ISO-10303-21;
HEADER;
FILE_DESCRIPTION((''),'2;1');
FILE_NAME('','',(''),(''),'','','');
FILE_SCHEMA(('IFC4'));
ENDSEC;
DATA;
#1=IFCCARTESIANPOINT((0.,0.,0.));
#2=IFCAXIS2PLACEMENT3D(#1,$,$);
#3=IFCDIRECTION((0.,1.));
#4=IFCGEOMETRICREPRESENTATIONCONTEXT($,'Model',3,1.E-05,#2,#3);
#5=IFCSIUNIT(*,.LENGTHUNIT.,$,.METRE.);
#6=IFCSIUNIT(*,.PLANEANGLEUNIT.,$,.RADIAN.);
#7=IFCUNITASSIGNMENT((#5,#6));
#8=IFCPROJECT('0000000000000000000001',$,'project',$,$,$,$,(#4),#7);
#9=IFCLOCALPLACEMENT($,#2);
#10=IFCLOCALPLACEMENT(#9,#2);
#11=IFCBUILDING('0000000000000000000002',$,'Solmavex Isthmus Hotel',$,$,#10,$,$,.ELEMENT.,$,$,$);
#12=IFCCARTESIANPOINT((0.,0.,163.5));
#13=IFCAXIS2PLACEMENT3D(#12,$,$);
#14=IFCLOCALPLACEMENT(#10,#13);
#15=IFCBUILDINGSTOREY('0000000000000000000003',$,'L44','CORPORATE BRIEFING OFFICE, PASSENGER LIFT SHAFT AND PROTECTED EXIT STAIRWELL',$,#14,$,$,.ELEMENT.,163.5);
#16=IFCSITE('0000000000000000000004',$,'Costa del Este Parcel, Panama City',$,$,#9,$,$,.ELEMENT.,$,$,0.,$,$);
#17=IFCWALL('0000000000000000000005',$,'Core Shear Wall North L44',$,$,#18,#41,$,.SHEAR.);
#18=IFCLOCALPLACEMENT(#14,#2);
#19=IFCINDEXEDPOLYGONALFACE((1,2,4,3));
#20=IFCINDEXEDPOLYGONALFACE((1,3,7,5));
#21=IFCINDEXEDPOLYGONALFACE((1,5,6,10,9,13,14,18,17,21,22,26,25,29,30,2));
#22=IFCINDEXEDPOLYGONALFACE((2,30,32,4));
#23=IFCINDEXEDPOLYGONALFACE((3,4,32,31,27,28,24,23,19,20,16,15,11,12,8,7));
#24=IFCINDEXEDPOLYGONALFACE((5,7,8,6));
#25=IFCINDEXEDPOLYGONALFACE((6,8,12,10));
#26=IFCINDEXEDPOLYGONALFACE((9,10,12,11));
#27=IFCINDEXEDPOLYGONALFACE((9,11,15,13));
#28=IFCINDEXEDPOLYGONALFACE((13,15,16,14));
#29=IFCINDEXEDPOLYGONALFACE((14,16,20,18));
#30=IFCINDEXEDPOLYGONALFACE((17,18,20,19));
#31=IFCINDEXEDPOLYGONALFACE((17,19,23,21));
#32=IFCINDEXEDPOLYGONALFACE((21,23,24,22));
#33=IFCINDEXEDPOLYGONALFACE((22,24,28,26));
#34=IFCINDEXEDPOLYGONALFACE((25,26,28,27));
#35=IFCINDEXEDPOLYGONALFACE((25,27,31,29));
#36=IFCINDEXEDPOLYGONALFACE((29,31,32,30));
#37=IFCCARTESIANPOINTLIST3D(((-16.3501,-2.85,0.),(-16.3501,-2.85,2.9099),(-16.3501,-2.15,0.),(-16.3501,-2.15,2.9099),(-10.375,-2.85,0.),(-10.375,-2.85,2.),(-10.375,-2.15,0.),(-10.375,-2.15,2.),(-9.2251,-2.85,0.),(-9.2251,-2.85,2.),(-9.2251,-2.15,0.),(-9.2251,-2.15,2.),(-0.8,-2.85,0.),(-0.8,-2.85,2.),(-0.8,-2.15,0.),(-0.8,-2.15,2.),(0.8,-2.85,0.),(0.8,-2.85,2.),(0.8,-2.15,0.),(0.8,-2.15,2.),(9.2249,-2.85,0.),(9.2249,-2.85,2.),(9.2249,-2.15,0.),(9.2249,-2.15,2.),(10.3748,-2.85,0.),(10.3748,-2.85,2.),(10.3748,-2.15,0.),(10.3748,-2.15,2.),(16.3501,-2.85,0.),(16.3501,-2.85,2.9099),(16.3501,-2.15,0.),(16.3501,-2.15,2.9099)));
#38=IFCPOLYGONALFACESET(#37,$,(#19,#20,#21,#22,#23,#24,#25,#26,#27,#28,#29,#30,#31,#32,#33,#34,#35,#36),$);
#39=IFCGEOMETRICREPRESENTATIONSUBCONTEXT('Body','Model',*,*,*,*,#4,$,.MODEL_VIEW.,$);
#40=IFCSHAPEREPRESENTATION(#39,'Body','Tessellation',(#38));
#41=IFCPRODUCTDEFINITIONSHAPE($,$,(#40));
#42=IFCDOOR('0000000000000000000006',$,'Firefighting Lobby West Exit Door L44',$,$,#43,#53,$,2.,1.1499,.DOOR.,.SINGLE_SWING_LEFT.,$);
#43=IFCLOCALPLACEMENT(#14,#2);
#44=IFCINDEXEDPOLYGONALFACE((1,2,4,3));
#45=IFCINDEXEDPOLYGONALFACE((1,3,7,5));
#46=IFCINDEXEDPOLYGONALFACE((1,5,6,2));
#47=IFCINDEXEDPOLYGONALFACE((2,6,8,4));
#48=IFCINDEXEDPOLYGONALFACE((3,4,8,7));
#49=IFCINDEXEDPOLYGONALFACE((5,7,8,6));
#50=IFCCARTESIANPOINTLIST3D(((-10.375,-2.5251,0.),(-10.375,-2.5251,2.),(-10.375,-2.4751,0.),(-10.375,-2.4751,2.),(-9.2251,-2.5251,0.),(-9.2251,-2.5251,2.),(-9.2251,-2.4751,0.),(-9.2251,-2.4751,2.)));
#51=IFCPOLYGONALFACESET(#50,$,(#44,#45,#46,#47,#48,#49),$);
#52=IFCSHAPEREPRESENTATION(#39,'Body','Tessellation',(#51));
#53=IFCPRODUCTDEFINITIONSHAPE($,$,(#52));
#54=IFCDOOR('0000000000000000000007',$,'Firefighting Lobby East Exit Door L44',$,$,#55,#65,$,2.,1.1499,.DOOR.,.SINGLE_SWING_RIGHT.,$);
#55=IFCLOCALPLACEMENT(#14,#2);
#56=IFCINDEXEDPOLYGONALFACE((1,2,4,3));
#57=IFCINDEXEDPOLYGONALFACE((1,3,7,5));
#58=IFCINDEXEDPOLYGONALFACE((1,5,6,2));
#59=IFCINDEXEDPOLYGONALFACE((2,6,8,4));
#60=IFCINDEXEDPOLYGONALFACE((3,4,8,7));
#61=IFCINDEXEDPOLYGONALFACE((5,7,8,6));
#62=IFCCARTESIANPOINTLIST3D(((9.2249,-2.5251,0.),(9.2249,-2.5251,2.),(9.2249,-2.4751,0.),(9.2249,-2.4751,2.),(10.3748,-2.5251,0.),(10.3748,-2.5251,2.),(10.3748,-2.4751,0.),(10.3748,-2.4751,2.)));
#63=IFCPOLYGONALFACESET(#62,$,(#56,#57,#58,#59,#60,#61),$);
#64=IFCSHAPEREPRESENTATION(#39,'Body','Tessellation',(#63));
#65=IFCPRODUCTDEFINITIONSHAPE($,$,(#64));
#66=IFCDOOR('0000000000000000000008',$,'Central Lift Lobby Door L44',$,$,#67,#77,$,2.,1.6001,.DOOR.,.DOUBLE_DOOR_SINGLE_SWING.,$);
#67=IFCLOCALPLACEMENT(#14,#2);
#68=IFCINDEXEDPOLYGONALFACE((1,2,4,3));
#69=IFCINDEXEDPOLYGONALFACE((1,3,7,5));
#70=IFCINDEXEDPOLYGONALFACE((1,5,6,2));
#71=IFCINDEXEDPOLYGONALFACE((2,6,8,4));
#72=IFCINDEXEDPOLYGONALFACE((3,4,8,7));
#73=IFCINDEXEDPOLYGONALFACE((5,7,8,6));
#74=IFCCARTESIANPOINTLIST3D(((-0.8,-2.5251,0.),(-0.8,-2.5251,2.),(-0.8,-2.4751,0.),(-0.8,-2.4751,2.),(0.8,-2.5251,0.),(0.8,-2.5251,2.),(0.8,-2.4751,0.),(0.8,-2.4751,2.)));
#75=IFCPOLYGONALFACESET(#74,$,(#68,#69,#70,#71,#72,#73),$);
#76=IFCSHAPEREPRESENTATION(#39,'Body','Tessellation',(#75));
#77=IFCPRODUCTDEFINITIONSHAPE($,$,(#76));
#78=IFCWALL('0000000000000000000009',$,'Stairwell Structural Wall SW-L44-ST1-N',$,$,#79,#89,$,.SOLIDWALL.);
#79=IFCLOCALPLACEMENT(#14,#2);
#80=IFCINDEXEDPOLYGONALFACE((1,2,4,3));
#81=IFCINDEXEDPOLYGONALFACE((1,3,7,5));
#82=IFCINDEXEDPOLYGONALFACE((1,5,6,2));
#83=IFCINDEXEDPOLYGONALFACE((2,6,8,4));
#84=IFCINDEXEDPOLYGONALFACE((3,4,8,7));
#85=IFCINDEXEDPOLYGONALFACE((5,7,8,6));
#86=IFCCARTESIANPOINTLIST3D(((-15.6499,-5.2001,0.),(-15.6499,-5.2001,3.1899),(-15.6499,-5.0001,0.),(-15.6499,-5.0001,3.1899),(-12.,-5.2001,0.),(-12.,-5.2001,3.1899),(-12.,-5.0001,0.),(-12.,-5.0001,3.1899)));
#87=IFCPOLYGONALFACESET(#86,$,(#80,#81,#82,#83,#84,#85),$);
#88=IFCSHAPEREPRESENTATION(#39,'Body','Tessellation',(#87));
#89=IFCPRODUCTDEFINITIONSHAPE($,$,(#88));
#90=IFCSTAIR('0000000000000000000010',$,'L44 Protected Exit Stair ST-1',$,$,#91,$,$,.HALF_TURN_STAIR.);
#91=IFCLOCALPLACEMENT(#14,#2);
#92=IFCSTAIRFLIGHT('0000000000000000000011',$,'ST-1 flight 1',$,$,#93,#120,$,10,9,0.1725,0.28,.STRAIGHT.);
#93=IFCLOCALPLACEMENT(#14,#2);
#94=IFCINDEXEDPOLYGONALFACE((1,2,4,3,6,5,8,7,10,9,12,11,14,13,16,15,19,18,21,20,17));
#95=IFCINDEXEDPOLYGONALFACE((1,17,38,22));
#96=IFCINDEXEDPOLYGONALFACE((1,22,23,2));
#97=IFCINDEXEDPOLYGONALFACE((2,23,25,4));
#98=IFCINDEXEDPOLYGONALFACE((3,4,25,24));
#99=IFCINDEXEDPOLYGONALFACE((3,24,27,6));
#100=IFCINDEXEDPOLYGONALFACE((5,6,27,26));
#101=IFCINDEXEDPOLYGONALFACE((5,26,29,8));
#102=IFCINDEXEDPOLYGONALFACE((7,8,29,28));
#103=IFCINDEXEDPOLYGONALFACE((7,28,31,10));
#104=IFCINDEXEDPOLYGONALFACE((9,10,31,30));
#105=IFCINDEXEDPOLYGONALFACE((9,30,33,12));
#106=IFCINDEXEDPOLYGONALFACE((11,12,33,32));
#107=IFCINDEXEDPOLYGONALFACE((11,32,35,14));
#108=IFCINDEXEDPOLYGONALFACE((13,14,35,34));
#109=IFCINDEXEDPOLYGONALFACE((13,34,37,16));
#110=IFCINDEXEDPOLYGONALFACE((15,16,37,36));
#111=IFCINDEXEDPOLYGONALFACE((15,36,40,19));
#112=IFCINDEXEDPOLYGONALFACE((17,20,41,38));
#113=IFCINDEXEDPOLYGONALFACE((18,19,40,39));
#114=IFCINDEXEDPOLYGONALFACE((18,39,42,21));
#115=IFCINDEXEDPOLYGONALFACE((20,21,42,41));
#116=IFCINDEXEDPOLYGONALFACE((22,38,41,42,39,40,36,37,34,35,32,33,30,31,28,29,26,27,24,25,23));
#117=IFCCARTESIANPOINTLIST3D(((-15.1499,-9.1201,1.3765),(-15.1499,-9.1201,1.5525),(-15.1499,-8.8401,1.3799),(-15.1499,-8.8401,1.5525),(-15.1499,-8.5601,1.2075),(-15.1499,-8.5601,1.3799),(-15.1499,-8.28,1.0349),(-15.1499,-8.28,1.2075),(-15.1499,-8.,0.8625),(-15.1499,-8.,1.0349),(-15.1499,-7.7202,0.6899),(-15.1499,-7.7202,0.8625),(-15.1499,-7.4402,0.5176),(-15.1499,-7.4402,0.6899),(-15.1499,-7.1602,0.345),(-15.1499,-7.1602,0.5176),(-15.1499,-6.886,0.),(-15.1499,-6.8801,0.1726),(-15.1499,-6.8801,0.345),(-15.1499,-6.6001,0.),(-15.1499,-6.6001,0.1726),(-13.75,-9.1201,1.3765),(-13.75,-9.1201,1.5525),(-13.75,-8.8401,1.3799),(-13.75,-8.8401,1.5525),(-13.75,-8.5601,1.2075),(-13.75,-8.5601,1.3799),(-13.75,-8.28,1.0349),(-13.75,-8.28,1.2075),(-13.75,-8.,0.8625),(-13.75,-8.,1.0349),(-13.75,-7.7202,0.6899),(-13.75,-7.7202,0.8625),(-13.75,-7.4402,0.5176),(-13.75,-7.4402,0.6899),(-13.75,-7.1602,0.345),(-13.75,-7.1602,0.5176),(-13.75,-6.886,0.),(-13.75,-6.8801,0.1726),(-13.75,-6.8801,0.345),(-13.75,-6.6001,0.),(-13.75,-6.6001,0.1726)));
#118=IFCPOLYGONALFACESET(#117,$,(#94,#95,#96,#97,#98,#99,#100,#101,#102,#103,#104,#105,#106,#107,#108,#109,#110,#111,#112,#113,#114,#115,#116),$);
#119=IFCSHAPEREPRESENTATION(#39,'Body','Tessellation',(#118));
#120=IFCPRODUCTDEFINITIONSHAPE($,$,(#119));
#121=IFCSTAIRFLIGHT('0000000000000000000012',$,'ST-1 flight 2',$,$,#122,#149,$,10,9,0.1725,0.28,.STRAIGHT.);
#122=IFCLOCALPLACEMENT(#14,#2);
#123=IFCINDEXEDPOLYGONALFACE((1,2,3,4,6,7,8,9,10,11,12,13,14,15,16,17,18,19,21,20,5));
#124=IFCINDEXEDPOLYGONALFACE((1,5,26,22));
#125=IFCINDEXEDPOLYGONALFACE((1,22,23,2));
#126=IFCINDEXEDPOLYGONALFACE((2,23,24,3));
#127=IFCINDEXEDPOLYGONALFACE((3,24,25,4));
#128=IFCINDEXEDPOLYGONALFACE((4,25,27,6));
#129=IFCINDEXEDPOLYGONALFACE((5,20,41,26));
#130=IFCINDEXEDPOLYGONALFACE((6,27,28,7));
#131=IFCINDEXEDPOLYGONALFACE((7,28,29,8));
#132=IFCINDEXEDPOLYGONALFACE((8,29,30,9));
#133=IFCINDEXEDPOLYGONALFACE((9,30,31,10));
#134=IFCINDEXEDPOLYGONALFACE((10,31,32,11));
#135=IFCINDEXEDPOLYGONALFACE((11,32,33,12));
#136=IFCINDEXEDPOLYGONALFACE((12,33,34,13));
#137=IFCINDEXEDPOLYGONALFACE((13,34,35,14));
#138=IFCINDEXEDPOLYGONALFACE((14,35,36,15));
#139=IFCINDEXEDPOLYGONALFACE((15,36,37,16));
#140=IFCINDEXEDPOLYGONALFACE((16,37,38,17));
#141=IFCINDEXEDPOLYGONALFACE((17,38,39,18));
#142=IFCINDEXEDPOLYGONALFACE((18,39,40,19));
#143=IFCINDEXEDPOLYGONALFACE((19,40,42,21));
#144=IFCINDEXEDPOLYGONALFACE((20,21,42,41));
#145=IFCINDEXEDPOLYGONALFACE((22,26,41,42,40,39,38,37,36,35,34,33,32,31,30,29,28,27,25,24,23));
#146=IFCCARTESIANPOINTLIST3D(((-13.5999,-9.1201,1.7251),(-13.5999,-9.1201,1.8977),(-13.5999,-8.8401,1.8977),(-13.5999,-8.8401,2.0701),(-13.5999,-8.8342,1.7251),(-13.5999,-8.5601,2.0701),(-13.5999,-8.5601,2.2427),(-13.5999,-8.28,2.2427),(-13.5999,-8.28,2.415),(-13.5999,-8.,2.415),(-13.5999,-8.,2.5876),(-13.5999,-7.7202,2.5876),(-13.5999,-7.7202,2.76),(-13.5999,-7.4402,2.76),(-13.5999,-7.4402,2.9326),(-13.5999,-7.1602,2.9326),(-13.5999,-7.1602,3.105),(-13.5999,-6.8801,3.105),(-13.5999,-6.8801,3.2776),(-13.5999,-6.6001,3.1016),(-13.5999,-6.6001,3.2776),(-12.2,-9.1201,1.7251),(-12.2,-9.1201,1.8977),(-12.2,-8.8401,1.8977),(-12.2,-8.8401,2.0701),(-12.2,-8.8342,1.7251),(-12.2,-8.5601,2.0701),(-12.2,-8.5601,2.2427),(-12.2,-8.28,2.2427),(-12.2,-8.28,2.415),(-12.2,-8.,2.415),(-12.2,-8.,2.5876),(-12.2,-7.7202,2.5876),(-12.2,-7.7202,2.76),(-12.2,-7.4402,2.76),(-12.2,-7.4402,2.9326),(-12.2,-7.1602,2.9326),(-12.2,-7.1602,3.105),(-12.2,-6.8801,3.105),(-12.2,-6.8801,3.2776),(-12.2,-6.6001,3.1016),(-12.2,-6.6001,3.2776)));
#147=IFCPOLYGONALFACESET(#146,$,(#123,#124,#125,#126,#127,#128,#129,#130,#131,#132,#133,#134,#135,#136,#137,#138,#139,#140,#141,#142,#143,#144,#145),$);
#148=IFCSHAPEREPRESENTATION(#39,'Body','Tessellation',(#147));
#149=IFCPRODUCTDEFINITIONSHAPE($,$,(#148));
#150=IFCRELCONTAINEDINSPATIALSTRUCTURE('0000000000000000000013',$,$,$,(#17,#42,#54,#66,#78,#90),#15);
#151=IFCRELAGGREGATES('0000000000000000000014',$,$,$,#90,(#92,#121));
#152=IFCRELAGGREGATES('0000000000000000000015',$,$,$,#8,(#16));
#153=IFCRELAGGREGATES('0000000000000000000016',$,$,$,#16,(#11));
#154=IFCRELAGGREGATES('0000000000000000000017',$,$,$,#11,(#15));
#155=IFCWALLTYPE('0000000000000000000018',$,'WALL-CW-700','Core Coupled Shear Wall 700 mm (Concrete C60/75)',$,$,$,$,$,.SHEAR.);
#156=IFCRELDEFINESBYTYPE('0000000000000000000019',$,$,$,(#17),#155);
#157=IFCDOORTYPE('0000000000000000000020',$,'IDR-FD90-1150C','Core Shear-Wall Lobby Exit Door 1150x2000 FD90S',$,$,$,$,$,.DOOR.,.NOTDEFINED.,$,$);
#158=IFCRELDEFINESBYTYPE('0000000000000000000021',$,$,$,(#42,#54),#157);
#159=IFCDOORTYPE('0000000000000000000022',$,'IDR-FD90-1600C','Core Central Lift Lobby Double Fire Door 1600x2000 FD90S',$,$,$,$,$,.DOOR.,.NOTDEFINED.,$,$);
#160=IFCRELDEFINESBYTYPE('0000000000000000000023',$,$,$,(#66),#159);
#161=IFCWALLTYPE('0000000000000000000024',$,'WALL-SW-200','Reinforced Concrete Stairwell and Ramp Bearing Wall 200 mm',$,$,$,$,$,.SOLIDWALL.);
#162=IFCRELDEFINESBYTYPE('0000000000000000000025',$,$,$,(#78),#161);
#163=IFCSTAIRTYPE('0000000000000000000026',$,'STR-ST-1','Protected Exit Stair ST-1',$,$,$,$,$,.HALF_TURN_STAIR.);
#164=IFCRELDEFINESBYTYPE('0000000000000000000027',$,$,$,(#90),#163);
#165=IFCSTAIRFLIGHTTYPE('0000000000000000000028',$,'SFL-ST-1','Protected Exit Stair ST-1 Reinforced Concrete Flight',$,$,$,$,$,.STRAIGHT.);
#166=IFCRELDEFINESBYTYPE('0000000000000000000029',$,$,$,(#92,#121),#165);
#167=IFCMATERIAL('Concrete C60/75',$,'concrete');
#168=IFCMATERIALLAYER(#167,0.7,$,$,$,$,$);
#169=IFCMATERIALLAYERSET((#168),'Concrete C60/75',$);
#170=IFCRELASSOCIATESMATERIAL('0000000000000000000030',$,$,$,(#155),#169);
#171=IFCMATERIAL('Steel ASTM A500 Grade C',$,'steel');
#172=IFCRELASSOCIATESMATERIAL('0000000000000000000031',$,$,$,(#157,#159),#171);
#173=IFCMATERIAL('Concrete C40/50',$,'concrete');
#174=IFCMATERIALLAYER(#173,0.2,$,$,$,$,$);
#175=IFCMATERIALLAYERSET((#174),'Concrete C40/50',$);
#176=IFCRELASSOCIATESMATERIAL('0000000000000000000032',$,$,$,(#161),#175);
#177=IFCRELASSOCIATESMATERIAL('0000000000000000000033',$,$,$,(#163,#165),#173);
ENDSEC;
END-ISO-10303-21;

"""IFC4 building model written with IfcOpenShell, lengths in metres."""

from ifc_helpers import new_model, si_unit, direction, frame, frame_2d, origin, place, context, subcontext, project, spatial, polyline, rectangle, outline, extrude, material, layer, layer_set, type_object, element, fill, aggregate, save


model = new_model("IFC4")

# Units and contexts
model_context = context("Model", 3, precision=1e-05, world=origin(), true_north=direction((0.0, 1.0)))
body_context = subcontext(model_context, "Body", "Model", "MODEL_VIEW")
ifc_project = project(units=[si_unit("LENGTHUNIT", "METRE"), si_unit("PLANEANGLEUNIT", "RADIAN")], contexts=[model_context])

# Site, building, storey
site_placement = place(None, origin())
site = spatial("IfcSite", under=ifc_project, at=site_placement, Name="Costa del Este Parcel, Panama City", CompositionType="ELEMENT", RefElevation=0.0)
building_placement = place(site_placement, origin())
building = spatial("IfcBuilding", under=site, at=building_placement, Name="Solmavex Isthmus Hotel", CompositionType="ELEMENT")
storey_placement = place(building_placement, frame((0.0, 0.0, 163.5)))
storey = spatial("IfcBuildingStorey", under=building, at=storey_placement, Name="L44", Description="CORPORATE BRIEFING OFFICE, PASSENGER LIFT SHAFT AND PROTECTED EXIT STAIRWELL", CompositionType="ELEMENT", Elevation=163.5)

# Shared definitions
ifc_material_1 = material(Name="Concrete C60/75", Category="concrete")

# Wall, openings, doors
ifc_layer_1 = layer(ifc_material_1, 0.7)
ifc_layer_set_1 = layer_set([ifc_layer_1], Name="Concrete C60/75")
wall_type_1 = type_object("IfcWallType", Name="WALL-CW-700", Description="Core Coupled Shear Wall 700 mm (Concrete C60/75)", PredefinedType="SHEAR", material=ifc_layer_set_1)
wall_1_placement = place(storey_placement, frame((-16.3501, -2.5, 0.0), z_axis=(0.0, 0.0, 1.0), x_axis=(1.0, 0.0, 0.0)))
wall_1 = element("IfcWall", 1, at=wall_1_placement, inside=storey, type_object=wall_type_1, Name="Core Shear Wall North L44", PredefinedType="SHEAR", context=body_context, shape_type="SweptSolid", body=[
    extrude(rectangle(XDim=32.7002, YDim=0.7, at=frame_2d((16.3501, 0.0))), origin(), (0.0, 0.0, 1.0), 2.9099),
])
opening_1_placement = place(wall_1_placement, frame((5.9751, 0.0, 0.0)))
opening_1 = element("IfcOpeningElement", 2, at=opening_1_placement, cuts=wall_1, PredefinedType="OPENING", context=body_context, shape_type="SweptSolid", body=[
    extrude(rectangle(XDim=1.1499, YDim=2.0, at=frame_2d((0.575, 1.0))), frame((0.0, 0.3599, 0.0), z_axis=(0.0, -1.0, 0.0), x_axis=(1.0, 0.0, 0.0)), (0.0, 0.0, 1.0), 0.72),
])
opening_2_placement = place(wall_1_placement, frame((15.55, 0.0, 0.0)))
opening_2 = element("IfcOpeningElement", 3, at=opening_2_placement, cuts=wall_1, PredefinedType="OPENING", context=body_context, shape_type="SweptSolid", body=[
    extrude(rectangle(XDim=1.6001, YDim=2.0, at=frame_2d((0.8, 1.0))), frame((0.0, 0.3599, 0.0), z_axis=(0.0, -1.0, 0.0), x_axis=(1.0, 0.0, 0.0)), (0.0, 0.0, 1.0), 0.72),
])
opening_3_placement = place(wall_1_placement, frame((25.575, 0.0, 0.0)))
opening_3 = element("IfcOpeningElement", 4, at=opening_3_placement, cuts=wall_1, PredefinedType="OPENING", context=body_context, shape_type="SweptSolid", body=[
    extrude(rectangle(XDim=1.1499, YDim=2.0, at=frame_2d((0.575, 1.0))), frame((0.0, 0.3599, 0.0), z_axis=(0.0, -1.0, 0.0), x_axis=(1.0, 0.0, 0.0)), (0.0, 0.0, 1.0), 0.72),
])
ifc_material_2 = material(Name="Steel ASTM A500 Grade C", Category="steel")
door_type_1 = type_object("IfcDoorType", Name="IDR-FD90-1150C", Description="Core Shear-Wall Lobby Exit Door 1150x2000 FD90S", OperationType="NOTDEFINED", PredefinedType="DOOR", material=ifc_material_2)
door_1_placement = place(opening_1_placement, origin())
door_1 = element("IfcDoor", 5, at=door_1_placement, inside=storey, type_object=door_type_1, Name="Firefighting Lobby West Exit Door L44", OperationType="SINGLE_SWING_LEFT", OverallHeight=2.0, OverallWidth=1.1499, PredefinedType="DOOR", context=body_context, shape_type="SweptSolid", body=[
    extrude(rectangle(XDim=1.1499, YDim=2.0, at=frame_2d((0.575, 1.0))), frame((0.0, 0.0249, 0.0), z_axis=(0.0, -1.0, 0.0), x_axis=(1.0, 0.0, 0.0)), (0.0, 0.0, 1.0), 0.05),
])
fill(opening_1, door_1)
door_2_placement = place(opening_3_placement, origin())
door_2 = element("IfcDoor", 6, at=door_2_placement, inside=storey, type_object=door_type_1, Name="Firefighting Lobby East Exit Door L44", OperationType="SINGLE_SWING_RIGHT", OverallHeight=2.0, OverallWidth=1.1499, PredefinedType="DOOR", context=body_context, shape_type="SweptSolid", body=[
    extrude(rectangle(XDim=1.1499, YDim=2.0, at=frame_2d((0.575, 1.0))), frame((0.0, 0.0249, 0.0), z_axis=(0.0, -1.0, 0.0), x_axis=(1.0, 0.0, 0.0)), (0.0, 0.0, 1.0), 0.05),
])
fill(opening_3, door_2)
door_type_2 = type_object("IfcDoorType", Name="IDR-FD90-1600C", Description="Core Central Lift Lobby Double Fire Door 1600x2000 FD90S", OperationType="NOTDEFINED", PredefinedType="DOOR", material=ifc_material_2)
door_3_placement = place(opening_2_placement, origin())
door_3 = element("IfcDoor", 7, at=door_3_placement, inside=storey, type_object=door_type_2, Name="Central Lift Lobby Door L44", OperationType="DOUBLE_DOOR_SINGLE_SWING", OverallHeight=2.0, OverallWidth=1.6001, PredefinedType="DOOR", context=body_context, shape_type="SweptSolid", body=[
    extrude(rectangle(XDim=1.6001, YDim=2.0, at=frame_2d((0.8, 1.0))), frame((0.0, 0.0249, 0.0), z_axis=(0.0, -1.0, 0.0), x_axis=(1.0, 0.0, 0.0)), (0.0, 0.0, 1.0), 0.05),
])
fill(opening_2, door_3)

# Wall
ifc_material_3 = material(Name="Concrete C40/50", Category="concrete")
ifc_layer_2 = layer(ifc_material_3, 0.2)
ifc_layer_set_2 = layer_set([ifc_layer_2], Name="Concrete C40/50")
wall_type_2 = type_object("IfcWallType", Name="WALL-SW-200", Description="Reinforced Concrete Stairwell and Ramp Bearing Wall 200 mm", PredefinedType="SOLIDWALL", material=ifc_layer_set_2)
wall_2_placement = place(storey_placement, frame((-15.6499, -5.1001, 0.0), z_axis=(0.0, 0.0, 1.0), x_axis=(1.0, 0.0, 0.0)))
element("IfcWall", 8, at=wall_2_placement, inside=storey, type_object=wall_type_2, Name="Stairwell Structural Wall SW-L44-ST1-N", PredefinedType="SOLIDWALL", context=body_context, shape_type="SweptSolid", body=[
    extrude(rectangle(XDim=3.6499, YDim=0.2, at=frame_2d((1.825, 0.0))), origin(), (0.0, 0.0, 1.0), 3.1899),
])

# Stair, stair flights
stair_type = type_object("IfcStairType", Name="STR-ST-1", Description="Protected Exit Stair ST-1", PredefinedType="HALF_TURN_STAIR", material=ifc_material_3)
stair_placement = place(storey_placement, origin())
stair = element("IfcStair", 9, at=stair_placement, inside=storey, type_object=stair_type, Name="L44 Protected Exit Stair ST-1", PredefinedType="HALF_TURN_STAIR")
stair_flight_type = type_object("IfcStairFlightType", Name="SFL-ST-1", Description="Protected Exit Stair ST-1 Reinforced Concrete Flight", PredefinedType="STRAIGHT", material=ifc_material_3)
stair_flight_1_placement = place(storey_placement, frame((-14.45, -6.6001, 0.0), z_axis=(0.0, 0.0, 1.0), x_axis=(0.0, -1.0, 0.0)))
stair_flight_1 = element("IfcStairFlight", 10, at=stair_flight_1_placement, type_object=stair_flight_type, Name="ST-1 flight 1", NumberOfRisers=10, NumberOfTreads=9, PredefinedType="STRAIGHT", RiserHeight=0.1725, TreadLength=0.28, context=body_context, shape_type="SweptSolid", body=[
    extrude(outline(polyline([(0.0, 0.0), (0.0, 0.1726), (0.28, 0.1726), (0.28, 0.345), (0.5601, 0.345), (0.5601, 0.5176), (0.8401, 0.5176), (0.8401, 0.6899), (1.1201, 0.6899), (1.1201, 0.8625), (1.3999, 0.8625), (1.3999, 1.0349), (1.6799, 1.0349), (1.6799, 1.2075), (1.96, 1.2075), (1.96, 1.3799), (2.24, 1.3799), (2.24, 1.5525), (2.52, 1.5525), (2.52, 1.7251), (2.52, 1.3765), (0.2859, 0.0), (0.0, 0.0)])), frame((0.0, 0.7, 0.0), z_axis=(0.0, -1.0, 0.0), x_axis=(1.0, 0.0, 0.0)), (0.0, 0.0, 1.0), 1.3999),
])
stair_flight_2_placement = place(storey_placement, frame((-12.8999, -9.1201, 1.7251), z_axis=(0.0, 0.0, 1.0), x_axis=(0.0, 1.0, 0.0)))
stair_flight_2 = element("IfcStairFlight", 11, at=stair_flight_2_placement, type_object=stair_flight_type, Name="ST-1 flight 2", NumberOfRisers=10, NumberOfTreads=9, PredefinedType="STRAIGHT", RiserHeight=0.1725, TreadLength=0.28, context=body_context, shape_type="SweptSolid", body=[
    extrude(outline(polyline([(0.0, 0.0), (0.0, 0.1726), (0.28, 0.1726), (0.28, 0.345), (0.5601, 0.345), (0.5601, 0.5176), (0.8401, 0.5176), (0.8401, 0.6899), (1.1201, 0.6899), (1.1201, 0.8625), (1.3999, 0.8625), (1.3999, 1.0349), (1.6799, 1.0349), (1.6799, 1.2075), (1.96, 1.2075), (1.96, 1.3799), (2.24, 1.3799), (2.24, 1.5525), (2.52, 1.5525), (2.52, 1.7251), (2.52, 1.3765), (0.2859, 0.0), (0.0, 0.0)])), frame((0.0, 0.7, 0.0), z_axis=(0.0, -1.0, 0.0), x_axis=(1.0, 0.0, 0.0)), (0.0, 0.0, 1.0), 1.3999),
])
aggregate(stair, [stair_flight_1, stair_flight_2])

save(model, "model.ifc")
